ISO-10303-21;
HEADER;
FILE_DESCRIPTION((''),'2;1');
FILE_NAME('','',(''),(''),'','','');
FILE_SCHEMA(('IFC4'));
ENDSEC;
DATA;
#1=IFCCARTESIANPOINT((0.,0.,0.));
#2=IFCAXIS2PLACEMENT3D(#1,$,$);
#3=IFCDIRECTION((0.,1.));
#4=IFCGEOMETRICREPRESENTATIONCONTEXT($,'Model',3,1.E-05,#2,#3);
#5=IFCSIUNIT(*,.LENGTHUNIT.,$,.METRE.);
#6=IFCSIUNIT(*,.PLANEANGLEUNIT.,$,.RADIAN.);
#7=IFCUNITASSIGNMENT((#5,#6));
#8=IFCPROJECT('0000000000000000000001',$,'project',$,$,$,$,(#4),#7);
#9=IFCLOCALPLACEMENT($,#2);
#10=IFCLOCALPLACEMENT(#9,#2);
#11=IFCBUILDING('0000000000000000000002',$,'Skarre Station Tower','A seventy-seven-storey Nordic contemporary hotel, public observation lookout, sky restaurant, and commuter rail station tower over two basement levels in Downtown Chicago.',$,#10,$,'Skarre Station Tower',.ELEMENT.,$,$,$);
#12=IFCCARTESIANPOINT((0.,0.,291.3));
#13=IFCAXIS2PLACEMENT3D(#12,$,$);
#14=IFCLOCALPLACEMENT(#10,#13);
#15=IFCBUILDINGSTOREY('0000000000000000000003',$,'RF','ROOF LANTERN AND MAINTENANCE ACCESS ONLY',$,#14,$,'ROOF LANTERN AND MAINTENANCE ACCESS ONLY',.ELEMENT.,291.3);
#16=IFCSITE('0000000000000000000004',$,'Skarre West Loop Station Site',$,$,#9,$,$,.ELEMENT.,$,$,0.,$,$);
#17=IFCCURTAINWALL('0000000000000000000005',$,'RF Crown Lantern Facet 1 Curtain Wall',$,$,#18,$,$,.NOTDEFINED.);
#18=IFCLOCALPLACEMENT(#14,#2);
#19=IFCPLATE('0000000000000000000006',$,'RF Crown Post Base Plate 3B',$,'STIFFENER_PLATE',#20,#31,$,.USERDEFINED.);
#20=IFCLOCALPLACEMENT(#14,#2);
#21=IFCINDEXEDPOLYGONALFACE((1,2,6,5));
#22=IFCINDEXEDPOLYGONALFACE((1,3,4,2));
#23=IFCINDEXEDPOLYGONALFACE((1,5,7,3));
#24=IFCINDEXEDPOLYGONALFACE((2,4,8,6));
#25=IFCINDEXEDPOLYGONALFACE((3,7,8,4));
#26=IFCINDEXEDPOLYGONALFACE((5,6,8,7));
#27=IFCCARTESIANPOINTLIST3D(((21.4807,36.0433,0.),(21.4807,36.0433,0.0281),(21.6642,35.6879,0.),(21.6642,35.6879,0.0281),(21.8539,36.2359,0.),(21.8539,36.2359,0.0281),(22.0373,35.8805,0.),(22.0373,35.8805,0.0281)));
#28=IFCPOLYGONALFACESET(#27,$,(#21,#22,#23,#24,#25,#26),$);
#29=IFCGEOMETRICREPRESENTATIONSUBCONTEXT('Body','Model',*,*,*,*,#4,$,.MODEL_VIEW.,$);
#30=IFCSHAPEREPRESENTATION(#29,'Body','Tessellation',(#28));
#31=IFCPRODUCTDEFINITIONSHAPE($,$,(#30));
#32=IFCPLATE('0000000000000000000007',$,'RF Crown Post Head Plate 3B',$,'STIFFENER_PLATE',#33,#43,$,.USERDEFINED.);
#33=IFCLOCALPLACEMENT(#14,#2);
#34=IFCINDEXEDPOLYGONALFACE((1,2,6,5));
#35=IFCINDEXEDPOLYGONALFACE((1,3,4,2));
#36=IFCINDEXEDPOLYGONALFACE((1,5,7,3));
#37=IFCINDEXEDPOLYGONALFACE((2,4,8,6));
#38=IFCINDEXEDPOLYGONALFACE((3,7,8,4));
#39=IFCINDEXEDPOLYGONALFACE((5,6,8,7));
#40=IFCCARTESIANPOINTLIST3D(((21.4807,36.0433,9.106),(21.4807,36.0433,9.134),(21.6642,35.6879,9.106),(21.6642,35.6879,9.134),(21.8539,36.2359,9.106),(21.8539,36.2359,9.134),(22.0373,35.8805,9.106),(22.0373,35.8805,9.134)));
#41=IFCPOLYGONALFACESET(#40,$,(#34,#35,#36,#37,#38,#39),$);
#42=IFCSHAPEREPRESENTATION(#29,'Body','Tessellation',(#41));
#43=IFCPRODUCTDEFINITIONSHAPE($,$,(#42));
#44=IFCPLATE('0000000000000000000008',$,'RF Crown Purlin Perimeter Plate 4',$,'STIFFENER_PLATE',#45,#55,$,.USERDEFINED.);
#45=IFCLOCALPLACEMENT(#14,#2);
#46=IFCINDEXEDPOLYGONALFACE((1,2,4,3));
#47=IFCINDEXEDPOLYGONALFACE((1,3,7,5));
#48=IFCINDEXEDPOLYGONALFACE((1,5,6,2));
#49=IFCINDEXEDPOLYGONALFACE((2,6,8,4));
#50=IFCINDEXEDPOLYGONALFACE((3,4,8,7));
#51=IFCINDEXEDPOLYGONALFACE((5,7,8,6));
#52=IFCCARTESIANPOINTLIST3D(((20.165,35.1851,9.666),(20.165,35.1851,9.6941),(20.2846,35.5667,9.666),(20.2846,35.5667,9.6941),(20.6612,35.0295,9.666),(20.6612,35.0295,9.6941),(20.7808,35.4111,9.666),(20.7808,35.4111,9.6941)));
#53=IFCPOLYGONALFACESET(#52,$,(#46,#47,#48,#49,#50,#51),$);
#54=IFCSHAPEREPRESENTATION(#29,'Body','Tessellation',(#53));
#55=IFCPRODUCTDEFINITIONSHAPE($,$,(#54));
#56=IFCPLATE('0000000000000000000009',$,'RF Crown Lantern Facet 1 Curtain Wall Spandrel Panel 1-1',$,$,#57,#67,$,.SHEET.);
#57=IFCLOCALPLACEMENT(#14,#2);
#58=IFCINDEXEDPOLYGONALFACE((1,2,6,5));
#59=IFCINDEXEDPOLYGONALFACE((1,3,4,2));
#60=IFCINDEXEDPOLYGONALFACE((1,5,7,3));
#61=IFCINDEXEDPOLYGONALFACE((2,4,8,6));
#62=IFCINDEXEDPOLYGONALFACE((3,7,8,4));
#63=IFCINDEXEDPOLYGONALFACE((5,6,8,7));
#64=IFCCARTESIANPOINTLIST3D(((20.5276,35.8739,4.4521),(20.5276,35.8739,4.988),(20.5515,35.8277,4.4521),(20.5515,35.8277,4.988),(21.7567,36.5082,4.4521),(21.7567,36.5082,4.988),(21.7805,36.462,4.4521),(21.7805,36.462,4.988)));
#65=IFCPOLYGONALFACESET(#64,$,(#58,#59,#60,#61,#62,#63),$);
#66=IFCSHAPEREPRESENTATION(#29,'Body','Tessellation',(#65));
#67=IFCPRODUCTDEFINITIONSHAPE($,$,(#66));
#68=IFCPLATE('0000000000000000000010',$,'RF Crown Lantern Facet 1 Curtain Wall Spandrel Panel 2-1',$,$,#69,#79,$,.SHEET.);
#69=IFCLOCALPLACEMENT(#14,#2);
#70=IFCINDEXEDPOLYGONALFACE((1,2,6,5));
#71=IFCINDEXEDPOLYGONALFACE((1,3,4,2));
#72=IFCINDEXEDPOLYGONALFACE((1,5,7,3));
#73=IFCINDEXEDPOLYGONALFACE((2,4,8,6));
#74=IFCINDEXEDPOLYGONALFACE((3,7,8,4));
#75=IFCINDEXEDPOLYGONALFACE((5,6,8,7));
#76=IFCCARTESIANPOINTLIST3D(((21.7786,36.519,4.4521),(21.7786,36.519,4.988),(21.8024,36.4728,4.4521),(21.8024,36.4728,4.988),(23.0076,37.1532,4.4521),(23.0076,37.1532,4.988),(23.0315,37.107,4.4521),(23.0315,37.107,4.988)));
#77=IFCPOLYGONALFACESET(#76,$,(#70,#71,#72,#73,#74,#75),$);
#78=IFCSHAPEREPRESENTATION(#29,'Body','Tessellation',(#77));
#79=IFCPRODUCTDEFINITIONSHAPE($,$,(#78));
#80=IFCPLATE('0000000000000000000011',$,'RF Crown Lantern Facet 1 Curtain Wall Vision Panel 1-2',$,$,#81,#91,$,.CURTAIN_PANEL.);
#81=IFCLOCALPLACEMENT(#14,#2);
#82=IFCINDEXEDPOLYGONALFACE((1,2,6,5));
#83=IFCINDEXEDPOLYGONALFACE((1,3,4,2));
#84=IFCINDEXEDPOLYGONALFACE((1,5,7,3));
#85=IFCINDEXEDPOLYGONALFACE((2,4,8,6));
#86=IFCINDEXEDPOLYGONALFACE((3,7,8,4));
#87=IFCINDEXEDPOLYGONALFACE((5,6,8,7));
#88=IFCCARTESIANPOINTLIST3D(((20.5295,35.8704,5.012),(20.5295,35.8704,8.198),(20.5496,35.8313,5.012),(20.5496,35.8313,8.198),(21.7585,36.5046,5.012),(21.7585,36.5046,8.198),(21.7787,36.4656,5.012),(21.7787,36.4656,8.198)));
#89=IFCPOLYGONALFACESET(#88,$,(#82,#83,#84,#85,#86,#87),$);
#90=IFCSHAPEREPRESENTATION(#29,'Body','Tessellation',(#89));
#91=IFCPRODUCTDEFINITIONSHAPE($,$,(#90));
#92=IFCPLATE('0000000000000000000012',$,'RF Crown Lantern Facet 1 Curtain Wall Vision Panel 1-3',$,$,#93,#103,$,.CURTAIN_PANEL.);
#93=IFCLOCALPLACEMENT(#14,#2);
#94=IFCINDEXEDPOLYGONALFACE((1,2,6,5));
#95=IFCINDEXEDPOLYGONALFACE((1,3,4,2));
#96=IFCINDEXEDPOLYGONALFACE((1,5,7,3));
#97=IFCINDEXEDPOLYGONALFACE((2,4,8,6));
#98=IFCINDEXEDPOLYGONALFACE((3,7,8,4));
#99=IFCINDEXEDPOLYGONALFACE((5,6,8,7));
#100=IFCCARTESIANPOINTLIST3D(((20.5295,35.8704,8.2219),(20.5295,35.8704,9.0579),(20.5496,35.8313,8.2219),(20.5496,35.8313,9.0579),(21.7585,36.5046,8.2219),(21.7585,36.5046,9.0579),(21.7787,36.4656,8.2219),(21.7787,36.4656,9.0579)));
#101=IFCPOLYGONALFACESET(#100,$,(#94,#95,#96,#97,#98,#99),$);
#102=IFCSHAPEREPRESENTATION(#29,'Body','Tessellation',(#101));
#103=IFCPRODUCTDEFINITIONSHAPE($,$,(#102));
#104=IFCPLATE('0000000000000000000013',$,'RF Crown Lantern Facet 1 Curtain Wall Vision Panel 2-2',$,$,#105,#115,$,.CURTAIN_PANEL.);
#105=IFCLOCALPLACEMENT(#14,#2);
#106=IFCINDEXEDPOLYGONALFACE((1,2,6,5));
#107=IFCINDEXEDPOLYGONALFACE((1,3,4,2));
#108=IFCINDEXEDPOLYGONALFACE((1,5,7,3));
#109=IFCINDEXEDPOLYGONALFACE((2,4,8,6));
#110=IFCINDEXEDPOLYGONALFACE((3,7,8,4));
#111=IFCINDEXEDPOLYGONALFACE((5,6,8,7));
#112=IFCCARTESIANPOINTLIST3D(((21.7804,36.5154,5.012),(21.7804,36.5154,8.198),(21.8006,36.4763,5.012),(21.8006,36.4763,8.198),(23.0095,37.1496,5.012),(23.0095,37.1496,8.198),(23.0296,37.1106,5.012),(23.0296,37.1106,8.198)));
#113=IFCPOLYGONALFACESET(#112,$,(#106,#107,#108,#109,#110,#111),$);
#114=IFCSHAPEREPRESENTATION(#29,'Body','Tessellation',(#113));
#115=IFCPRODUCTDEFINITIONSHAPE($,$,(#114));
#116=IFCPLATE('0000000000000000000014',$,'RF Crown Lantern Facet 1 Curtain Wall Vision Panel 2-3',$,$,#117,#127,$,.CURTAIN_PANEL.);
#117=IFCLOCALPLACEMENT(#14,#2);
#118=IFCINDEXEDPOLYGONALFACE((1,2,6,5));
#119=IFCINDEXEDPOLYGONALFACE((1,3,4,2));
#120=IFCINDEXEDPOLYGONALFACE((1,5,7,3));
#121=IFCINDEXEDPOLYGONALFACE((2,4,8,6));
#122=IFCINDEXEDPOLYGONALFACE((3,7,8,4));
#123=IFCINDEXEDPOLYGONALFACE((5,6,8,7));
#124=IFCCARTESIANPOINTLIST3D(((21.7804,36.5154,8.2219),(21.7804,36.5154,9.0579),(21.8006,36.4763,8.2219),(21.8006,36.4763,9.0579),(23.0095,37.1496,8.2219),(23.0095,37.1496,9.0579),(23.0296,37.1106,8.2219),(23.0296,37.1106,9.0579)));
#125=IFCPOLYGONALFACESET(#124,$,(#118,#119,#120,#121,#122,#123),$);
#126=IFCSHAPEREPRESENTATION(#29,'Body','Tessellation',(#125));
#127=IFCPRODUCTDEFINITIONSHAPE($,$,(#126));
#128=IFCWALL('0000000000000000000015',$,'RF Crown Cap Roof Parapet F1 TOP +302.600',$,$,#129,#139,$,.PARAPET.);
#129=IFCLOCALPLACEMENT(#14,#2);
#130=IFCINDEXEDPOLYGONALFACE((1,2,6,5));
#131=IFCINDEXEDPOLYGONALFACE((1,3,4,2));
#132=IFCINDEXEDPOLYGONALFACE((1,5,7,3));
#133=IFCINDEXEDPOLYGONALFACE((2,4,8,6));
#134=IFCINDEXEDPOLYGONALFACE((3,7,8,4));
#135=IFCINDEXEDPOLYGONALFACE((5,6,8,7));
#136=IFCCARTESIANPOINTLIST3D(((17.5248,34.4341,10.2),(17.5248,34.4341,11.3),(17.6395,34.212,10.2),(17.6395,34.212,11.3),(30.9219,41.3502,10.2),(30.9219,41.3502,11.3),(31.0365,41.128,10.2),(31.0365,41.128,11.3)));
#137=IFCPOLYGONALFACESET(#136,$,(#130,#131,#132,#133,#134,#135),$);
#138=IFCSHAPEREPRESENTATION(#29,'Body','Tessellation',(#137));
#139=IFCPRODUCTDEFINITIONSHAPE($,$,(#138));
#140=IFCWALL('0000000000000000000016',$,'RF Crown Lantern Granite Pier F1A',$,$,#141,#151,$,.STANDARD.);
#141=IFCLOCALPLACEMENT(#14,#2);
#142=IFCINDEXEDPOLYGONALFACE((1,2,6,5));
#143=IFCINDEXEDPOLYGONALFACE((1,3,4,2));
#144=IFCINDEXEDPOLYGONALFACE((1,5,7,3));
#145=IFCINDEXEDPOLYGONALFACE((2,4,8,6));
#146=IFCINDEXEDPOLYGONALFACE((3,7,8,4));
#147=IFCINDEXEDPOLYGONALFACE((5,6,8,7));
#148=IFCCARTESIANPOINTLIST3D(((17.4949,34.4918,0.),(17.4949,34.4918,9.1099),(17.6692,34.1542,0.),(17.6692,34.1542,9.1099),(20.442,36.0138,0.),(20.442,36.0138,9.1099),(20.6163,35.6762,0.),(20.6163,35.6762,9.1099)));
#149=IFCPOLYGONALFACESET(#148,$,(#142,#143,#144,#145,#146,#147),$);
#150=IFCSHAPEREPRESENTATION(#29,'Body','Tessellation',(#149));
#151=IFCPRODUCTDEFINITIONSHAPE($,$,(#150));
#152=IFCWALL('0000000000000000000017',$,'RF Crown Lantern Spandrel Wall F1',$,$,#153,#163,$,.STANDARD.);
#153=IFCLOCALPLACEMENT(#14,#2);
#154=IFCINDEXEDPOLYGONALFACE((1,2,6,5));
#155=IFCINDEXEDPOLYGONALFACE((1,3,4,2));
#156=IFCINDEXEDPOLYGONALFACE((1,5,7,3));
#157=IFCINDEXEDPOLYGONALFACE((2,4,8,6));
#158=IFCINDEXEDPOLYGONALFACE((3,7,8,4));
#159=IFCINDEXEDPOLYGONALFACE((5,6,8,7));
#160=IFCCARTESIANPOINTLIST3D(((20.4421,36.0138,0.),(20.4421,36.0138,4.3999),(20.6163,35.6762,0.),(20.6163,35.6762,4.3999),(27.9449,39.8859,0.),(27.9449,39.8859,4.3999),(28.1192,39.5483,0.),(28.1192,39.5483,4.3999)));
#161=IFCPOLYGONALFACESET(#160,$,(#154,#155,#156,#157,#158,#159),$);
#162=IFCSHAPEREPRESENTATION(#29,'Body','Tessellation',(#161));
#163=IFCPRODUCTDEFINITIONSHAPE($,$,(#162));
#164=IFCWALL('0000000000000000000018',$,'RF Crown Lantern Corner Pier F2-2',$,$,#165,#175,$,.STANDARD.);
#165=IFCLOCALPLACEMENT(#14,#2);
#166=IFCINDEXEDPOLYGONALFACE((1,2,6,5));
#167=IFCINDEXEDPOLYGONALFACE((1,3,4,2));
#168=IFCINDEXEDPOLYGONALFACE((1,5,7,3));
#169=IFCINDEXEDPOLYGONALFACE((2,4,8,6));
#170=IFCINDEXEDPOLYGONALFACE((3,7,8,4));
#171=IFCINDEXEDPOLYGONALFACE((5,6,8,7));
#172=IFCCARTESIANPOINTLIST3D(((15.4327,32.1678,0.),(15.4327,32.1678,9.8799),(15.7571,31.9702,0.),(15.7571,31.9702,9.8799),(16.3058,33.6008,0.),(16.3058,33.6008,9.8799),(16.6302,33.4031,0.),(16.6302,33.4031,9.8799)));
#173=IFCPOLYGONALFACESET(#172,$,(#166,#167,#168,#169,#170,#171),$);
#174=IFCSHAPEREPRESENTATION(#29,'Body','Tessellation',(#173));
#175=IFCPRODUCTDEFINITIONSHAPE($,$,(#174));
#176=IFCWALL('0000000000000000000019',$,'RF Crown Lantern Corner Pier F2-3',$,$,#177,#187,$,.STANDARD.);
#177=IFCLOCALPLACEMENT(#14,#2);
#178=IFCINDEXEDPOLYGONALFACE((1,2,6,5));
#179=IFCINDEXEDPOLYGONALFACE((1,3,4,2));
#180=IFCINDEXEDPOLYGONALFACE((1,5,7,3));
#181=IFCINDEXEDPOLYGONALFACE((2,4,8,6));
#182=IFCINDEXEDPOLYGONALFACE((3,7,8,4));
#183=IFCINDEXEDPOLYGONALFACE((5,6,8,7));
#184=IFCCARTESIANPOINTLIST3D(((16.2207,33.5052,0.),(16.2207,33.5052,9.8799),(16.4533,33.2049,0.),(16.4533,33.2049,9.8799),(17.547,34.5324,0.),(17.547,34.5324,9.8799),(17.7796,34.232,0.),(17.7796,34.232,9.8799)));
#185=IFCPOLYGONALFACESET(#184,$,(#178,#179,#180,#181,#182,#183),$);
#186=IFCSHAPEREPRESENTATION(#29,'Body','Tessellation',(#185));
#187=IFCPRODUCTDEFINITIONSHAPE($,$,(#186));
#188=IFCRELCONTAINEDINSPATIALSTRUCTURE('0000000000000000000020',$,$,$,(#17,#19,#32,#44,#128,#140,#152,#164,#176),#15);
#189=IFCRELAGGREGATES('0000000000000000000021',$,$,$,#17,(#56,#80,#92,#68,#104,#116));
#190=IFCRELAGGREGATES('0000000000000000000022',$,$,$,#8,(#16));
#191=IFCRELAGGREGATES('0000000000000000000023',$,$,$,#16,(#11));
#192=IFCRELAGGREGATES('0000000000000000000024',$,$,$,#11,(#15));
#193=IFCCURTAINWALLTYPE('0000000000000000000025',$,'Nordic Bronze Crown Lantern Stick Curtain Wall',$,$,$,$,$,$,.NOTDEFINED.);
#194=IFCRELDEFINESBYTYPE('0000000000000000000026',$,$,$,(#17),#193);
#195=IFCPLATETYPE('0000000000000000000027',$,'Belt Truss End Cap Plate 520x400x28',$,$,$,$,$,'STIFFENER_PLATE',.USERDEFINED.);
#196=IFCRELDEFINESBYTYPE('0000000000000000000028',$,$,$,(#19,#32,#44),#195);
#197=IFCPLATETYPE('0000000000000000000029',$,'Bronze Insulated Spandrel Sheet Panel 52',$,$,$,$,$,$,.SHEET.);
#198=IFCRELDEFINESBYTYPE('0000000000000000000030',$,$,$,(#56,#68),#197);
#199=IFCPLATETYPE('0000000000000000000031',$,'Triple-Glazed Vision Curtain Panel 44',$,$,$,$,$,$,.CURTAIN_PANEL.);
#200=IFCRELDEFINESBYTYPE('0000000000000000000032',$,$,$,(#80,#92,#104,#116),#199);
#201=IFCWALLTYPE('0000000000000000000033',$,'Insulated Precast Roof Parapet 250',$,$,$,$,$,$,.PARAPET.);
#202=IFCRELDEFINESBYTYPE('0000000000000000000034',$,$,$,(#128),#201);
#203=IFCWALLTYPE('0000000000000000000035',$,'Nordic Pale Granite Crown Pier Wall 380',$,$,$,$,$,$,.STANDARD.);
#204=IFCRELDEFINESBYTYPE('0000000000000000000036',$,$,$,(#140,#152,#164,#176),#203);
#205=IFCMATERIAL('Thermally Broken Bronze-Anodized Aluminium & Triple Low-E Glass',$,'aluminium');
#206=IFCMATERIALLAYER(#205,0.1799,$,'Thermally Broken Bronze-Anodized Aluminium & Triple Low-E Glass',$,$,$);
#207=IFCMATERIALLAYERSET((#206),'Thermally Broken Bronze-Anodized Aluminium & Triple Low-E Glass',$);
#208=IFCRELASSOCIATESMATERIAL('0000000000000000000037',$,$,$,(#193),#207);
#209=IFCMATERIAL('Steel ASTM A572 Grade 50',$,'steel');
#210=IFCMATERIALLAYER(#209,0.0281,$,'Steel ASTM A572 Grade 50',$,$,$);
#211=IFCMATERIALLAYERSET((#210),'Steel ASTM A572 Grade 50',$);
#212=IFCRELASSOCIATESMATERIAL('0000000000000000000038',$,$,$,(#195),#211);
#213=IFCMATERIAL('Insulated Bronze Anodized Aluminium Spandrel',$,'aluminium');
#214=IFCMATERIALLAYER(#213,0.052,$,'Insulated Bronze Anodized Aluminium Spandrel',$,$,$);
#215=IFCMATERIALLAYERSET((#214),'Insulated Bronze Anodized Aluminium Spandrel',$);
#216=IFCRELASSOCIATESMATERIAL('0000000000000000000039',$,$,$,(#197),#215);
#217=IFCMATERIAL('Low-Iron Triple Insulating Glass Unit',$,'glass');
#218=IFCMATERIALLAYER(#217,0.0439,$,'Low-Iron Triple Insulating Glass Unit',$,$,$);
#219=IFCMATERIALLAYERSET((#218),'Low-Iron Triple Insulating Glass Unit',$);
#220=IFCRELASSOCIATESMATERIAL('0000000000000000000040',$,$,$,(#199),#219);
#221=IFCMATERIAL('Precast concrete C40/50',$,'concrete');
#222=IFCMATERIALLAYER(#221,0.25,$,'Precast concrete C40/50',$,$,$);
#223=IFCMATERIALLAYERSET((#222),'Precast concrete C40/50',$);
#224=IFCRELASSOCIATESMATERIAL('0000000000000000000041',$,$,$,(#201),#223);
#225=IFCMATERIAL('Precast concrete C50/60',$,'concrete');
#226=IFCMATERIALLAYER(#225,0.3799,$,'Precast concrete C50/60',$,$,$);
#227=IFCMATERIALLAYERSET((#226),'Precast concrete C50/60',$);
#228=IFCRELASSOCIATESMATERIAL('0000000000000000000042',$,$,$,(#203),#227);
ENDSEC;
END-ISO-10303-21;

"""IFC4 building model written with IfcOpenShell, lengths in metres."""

from ifc_helpers import new_model, si_unit, direction, frame, frame_2d, origin, origin_2d, place, context, subcontext, project, spatial, rectangle, extrude, material, layer, layer_set, type_object, element, aggregate, save


model = new_model("IFC4")

# Units and contexts
model_context = context("Model", 3, precision=1e-05, world=origin(), true_north=direction((0.0, 1.0)))
body_context = subcontext(model_context, "Body", "Model", "MODEL_VIEW")
ifc_project = project(units=[si_unit("LENGTHUNIT", "METRE"), si_unit("PLANEANGLEUNIT", "RADIAN")], contexts=[model_context])

# Site, building, storey
site_placement = place(None, origin())
site = spatial("IfcSite", under=ifc_project, at=site_placement, Name="Skarre West Loop Station Site", CompositionType="ELEMENT", RefElevation=0.0)
building_placement = place(site_placement, origin())
building = spatial("IfcBuilding", under=site, at=building_placement, Name="Skarre Station Tower", Description="A seventy-seven-storey Nordic contemporary hotel, public observation lookout, sky restaurant, and commuter rail station tower over two basement levels in Downtown Chicago.", LongName="Skarre Station Tower", CompositionType="ELEMENT")
storey_placement = place(building_placement, frame((0.0, 0.0, 291.3)))
storey = spatial("IfcBuildingStorey", under=building, at=storey_placement, Name="RF", Description="ROOF LANTERN AND MAINTENANCE ACCESS ONLY", LongName="ROOF LANTERN AND MAINTENANCE ACCESS ONLY", CompositionType="ELEMENT", Elevation=291.3)

# Curtain wall
ifc_material_1 = material(Name="Thermally Broken Bronze-Anodized Aluminium & Triple Low-E Glass", Category="aluminium")
ifc_layer_1 = layer(ifc_material_1, 0.1799, Name="Thermally Broken Bronze-Anodized Aluminium & Triple Low-E Glass")
ifc_layer_set_1 = layer_set([ifc_layer_1], Name="Thermally Broken Bronze-Anodized Aluminium & Triple Low-E Glass")
curtain_wall_type = type_object("IfcCurtainWallType", Name="Nordic Bronze Crown Lantern Stick Curtain Wall", PredefinedType="NOTDEFINED", material=ifc_layer_set_1)
curtain_wall_placement = place(storey_placement, origin())
curtain_wall = element("IfcCurtainWall", 1, at=curtain_wall_placement, inside=storey, type_object=curtain_wall_type, Name="RF Crown Lantern Facet 1 Curtain Wall", PredefinedType="NOTDEFINED")

# Plates
ifc_material_2 = material(Name="Steel ASTM A572 Grade 50", Category="steel")
ifc_layer_2 = layer(ifc_material_2, 0.0281, Name="Steel ASTM A572 Grade 50")
ifc_layer_set_2 = layer_set([ifc_layer_2], Name="Steel ASTM A572 Grade 50")
plate_type_1 = type_object("IfcPlateType", Name="Belt Truss End Cap Plate 520x400x28", ElementType="STIFFENER_PLATE", PredefinedType="USERDEFINED", material=ifc_layer_set_2)
for number, where, z_axis, x_axis, name in (
    (2, (21.759, 35.9619, 0.0), (0.0, 0.0, 1.0), (-0.888601, -0.458681, 0.0), "RF Crown Post Base Plate 3B"),
    (3, (21.759, 35.9619, 9.106), (0.0, 0.0, 1.0), (-0.888601, -0.458681, 0.0), "RF Crown Post Head Plate 3B"),
):
    element("IfcPlate", number, at=place(storey_placement, frame(where, z_axis=z_axis, x_axis=x_axis)), inside=storey, type_object=plate_type_1, Name=name, ObjectType="STIFFENER_PLATE", PredefinedType="USERDEFINED", context=body_context, shape_type="SweptSolid", body=[
        extrude(rectangle(XDim=0.4199, YDim=0.3999, at=origin_2d()), origin(), (0.0, 0.0, 1.0), 0.0281),
    ])
plate_1_placement = place(storey_placement, frame((20.4729, 35.2981, 9.666), z_axis=(0.0, 0.0, 1.0), x_axis=(-0.954225, 0.299091, 0.0)))
element("IfcPlate", 4, at=plate_1_placement, inside=storey, type_object=plate_type_1, Name="RF Crown Purlin Perimeter Plate 4", ObjectType="STIFFENER_PLATE", PredefinedType="USERDEFINED", context=body_context, shape_type="SweptSolid", body=[
    extrude(rectangle(XDim=0.52, YDim=0.3999, at=origin_2d()), origin(), (0.0, 0.0, 1.0), 0.0281),
])

# Plates
ifc_material_3 = material(Name="Insulated Bronze Anodized Aluminium Spandrel", Category="aluminium")
ifc_layer_3 = layer(ifc_material_3, 0.052, Name="Insulated Bronze Anodized Aluminium Spandrel")
ifc_layer_set_3 = layer_set([ifc_layer_3], Name="Insulated Bronze Anodized Aluminium Spandrel")
plate_type_2 = type_object("IfcPlateType", Name="Bronze Insulated Spandrel Sheet Panel 52", PredefinedType="SHEET", material=ifc_layer_set_3)
plate_2_placement = place(storey_placement, frame((21.1541, 36.168, 4.4521), z_axis=(0.0, 0.0, 1.0), x_axis=(0.888649, 0.458588, 0.0)))
plate_2 = element("IfcPlate", 5, at=plate_2_placement, type_object=plate_type_2, Name="RF Crown Lantern Facet 1 Curtain Wall Spandrel Panel 1-1", PredefinedType="SHEET", context=body_context, shape_type="SweptSolid", body=[
    extrude(rectangle(XDim=1.3831, YDim=0.052, at=origin_2d()), origin(), (0.0, 0.0, 1.0), 0.5359),
])
plate_3_placement = place(storey_placement, frame((22.405, 36.813, 4.4521), z_axis=(0.0, 0.0, 1.0), x_axis=(0.888649, 0.458588, 0.0)))
plate_3 = element("IfcPlate", 6, at=plate_3_placement, type_object=plate_type_2, Name="RF Crown Lantern Facet 1 Curtain Wall Spandrel Panel 2-1", PredefinedType="SHEET", context=body_context, shape_type="SweptSolid", body=[
    extrude(rectangle(XDim=1.3831, YDim=0.052, at=origin_2d()), origin(), (0.0, 0.0, 1.0), 0.5359),
])
ifc_material_4 = material(Name="Low-Iron Triple Insulating Glass Unit", Category="glass")
ifc_layer_4 = layer(ifc_material_4, 0.0439, Name="Low-Iron Triple Insulating Glass Unit")
ifc_layer_set_4 = layer_set([ifc_layer_4], Name="Low-Iron Triple Insulating Glass Unit")
plate_type_3 = type_object("IfcPlateType", Name="Triple-Glazed Vision Curtain Panel 44", PredefinedType="CURTAIN_PANEL", material=ifc_layer_set_4)
plate_4_placement = place(storey_placement, frame((21.1541, 36.168, 5.012), z_axis=(0.0, 0.0, 1.0), x_axis=(0.888649, 0.458588, 0.0)))
plate_4 = element("IfcPlate", 7, at=plate_4_placement, type_object=plate_type_3, Name="RF Crown Lantern Facet 1 Curtain Wall Vision Panel 1-2", PredefinedType="CURTAIN_PANEL", context=body_context, shape_type="SweptSolid", body=[
    extrude(rectangle(XDim=1.3831, YDim=0.0439, at=origin_2d()), origin(), (0.0, 0.0, 1.0), 3.186),
])
plate_5_placement = place(storey_placement, frame((21.1541, 36.168, 8.2219), z_axis=(0.0, 0.0, 1.0), x_axis=(0.888649, 0.458588, 0.0)))
plate_5 = element("IfcPlate", 8, at=plate_5_placement, type_object=plate_type_3, Name="RF Crown Lantern Facet 1 Curtain Wall Vision Panel 1-3", PredefinedType="CURTAIN_PANEL", context=body_context, shape_type="SweptSolid", body=[
    extrude(rectangle(XDim=1.3831, YDim=0.0439, at=origin_2d()), origin(), (0.0, 0.0, 1.0), 0.8359),
])
plate_6_placement = place(storey_placement, frame((22.405, 36.813, 5.012), z_axis=(0.0, 0.0, 1.0), x_axis=(0.888649, 0.458588, 0.0)))
plate_6 = element("IfcPlate", 9, at=plate_6_placement, type_object=plate_type_3, Name="RF Crown Lantern Facet 1 Curtain Wall Vision Panel 2-2", PredefinedType="CURTAIN_PANEL", context=body_context, shape_type="SweptSolid", body=[
    extrude(rectangle(XDim=1.3831, YDim=0.0439, at=origin_2d()), origin(), (0.0, 0.0, 1.0), 3.186),
])
plate_7_placement = place(storey_placement, frame((22.405, 36.813, 8.2219), z_axis=(0.0, 0.0, 1.0), x_axis=(0.888649, 0.458588, 0.0)))
plate_7 = element("IfcPlate", 10, at=plate_7_placement, type_object=plate_type_3, Name="RF Crown Lantern Facet 1 Curtain Wall Vision Panel 2-3", PredefinedType="CURTAIN_PANEL", context=body_context, shape_type="SweptSolid", body=[
    extrude(rectangle(XDim=1.3831, YDim=0.0439, at=origin_2d()), origin(), (0.0, 0.0, 1.0), 0.8359),
])
aggregate(curtain_wall, [plate_2, plate_4, plate_5, plate_3, plate_6, plate_7])

# Walls
ifc_material_5 = material(Name="Precast concrete C40/50", Category="concrete")
ifc_layer_5 = layer(ifc_material_5, 0.25, Name="Precast concrete C40/50")
ifc_layer_set_5 = layer_set([ifc_layer_5], Name="Precast concrete C40/50")
wall_type_1 = type_object("IfcWallType", Name="Insulated Precast Roof Parapet 250", PredefinedType="PARAPET", material=ifc_layer_set_5)
wall_1_placement = place(storey_placement, frame((17.582, 34.323, 10.2), z_axis=(0.0, 0.0, 1.0), x_axis=(0.888581, 0.458719, 0.0)))
element("IfcWall", 11, at=wall_1_placement, inside=storey, type_object=wall_type_1, Name="RF Crown Cap Roof Parapet F1 TOP +302.600", PredefinedType="PARAPET", context=body_context, shape_type="SweptSolid", body=[
    extrude(rectangle(XDim=15.0769, YDim=0.25, at=frame_2d((7.5386, 0.0))), origin(), (0.0, 0.0, 1.0), 1.1001),
])
ifc_material_6 = material(Name="Precast concrete C50/60", Category="concrete")
ifc_layer_6 = layer(ifc_material_6, 0.3799, Name="Precast concrete C50/60")
ifc_layer_set_6 = layer_set([ifc_layer_6], Name="Precast concrete C50/60")
wall_type_2 = type_object("IfcWallType", Name="Nordic Pale Granite Crown Pier Wall 380", PredefinedType="STANDARD", material=ifc_layer_set_6)
wall_2_placement = place(storey_placement, frame((17.582, 34.323, 0.0), z_axis=(0.0, 0.0, 1.0), x_axis=(0.888506, 0.458864, 0.0)))
element("IfcWall", 12, at=wall_2_placement, inside=storey, type_object=wall_type_2, Name="RF Crown Lantern Granite Pier F1A", PredefinedType="STANDARD", context=body_context, shape_type="SweptSolid", body=[
    extrude(rectangle(XDim=3.3169, YDim=0.3799, at=frame_2d((1.6584, 0.0))), origin(), (0.0, 0.0, 1.0), 9.1099),
])
wall_3_placement = place(storey_placement, frame((20.5291, 35.845, 0.0), z_axis=(0.0, 0.0, 1.0), x_axis=(0.88864, 0.458605, 0.0)))
element("IfcWall", 13, at=wall_3_placement, inside=storey, type_object=wall_type_2, Name="RF Crown Lantern Spandrel Wall F1", PredefinedType="STANDARD", context=body_context, shape_type="SweptSolid", body=[
    extrude(rectangle(XDim=8.4431, YDim=0.3799, at=frame_2d((4.2217, 0.0))), origin(), (0.0, 0.0, 1.0), 4.3999),
])
wall_4_placement = place(storey_placement, frame((15.595, 32.0691, 0.0), z_axis=(0.0, 0.0, 1.0), x_axis=(0.520325, 0.853968, 0.0)))
element("IfcWall", 14, at=wall_4_placement, inside=storey, type_object=wall_type_2, Name="RF Crown Lantern Corner Pier F2-2", PredefinedType="STANDARD", context=body_context, shape_type="SweptSolid", body=[
    extrude(rectangle(XDim=1.678, YDim=0.3799, at=frame_2d((0.8389, 0.0))), origin(), (0.0, 0.0, 1.0), 9.8799),
])
wall_5_placement = place(storey_placement, frame((16.3369, 33.355, 0.0), z_axis=(0.0, 0.0, 1.0), x_axis=(0.790612, 0.612317, 0.0)))
element("IfcWall", 15, at=wall_5_placement, inside=storey, type_object=wall_type_2, Name="RF Crown Lantern Corner Pier F2-3", PredefinedType="STANDARD", context=body_context, shape_type="SweptSolid", body=[
    extrude(rectangle(XDim=1.6775, YDim=0.3799, at=frame_2d((0.8389, 0.0))), origin(), (0.0, 0.0, 1.0), 9.8799),
])

save(model, "model.ifc")
